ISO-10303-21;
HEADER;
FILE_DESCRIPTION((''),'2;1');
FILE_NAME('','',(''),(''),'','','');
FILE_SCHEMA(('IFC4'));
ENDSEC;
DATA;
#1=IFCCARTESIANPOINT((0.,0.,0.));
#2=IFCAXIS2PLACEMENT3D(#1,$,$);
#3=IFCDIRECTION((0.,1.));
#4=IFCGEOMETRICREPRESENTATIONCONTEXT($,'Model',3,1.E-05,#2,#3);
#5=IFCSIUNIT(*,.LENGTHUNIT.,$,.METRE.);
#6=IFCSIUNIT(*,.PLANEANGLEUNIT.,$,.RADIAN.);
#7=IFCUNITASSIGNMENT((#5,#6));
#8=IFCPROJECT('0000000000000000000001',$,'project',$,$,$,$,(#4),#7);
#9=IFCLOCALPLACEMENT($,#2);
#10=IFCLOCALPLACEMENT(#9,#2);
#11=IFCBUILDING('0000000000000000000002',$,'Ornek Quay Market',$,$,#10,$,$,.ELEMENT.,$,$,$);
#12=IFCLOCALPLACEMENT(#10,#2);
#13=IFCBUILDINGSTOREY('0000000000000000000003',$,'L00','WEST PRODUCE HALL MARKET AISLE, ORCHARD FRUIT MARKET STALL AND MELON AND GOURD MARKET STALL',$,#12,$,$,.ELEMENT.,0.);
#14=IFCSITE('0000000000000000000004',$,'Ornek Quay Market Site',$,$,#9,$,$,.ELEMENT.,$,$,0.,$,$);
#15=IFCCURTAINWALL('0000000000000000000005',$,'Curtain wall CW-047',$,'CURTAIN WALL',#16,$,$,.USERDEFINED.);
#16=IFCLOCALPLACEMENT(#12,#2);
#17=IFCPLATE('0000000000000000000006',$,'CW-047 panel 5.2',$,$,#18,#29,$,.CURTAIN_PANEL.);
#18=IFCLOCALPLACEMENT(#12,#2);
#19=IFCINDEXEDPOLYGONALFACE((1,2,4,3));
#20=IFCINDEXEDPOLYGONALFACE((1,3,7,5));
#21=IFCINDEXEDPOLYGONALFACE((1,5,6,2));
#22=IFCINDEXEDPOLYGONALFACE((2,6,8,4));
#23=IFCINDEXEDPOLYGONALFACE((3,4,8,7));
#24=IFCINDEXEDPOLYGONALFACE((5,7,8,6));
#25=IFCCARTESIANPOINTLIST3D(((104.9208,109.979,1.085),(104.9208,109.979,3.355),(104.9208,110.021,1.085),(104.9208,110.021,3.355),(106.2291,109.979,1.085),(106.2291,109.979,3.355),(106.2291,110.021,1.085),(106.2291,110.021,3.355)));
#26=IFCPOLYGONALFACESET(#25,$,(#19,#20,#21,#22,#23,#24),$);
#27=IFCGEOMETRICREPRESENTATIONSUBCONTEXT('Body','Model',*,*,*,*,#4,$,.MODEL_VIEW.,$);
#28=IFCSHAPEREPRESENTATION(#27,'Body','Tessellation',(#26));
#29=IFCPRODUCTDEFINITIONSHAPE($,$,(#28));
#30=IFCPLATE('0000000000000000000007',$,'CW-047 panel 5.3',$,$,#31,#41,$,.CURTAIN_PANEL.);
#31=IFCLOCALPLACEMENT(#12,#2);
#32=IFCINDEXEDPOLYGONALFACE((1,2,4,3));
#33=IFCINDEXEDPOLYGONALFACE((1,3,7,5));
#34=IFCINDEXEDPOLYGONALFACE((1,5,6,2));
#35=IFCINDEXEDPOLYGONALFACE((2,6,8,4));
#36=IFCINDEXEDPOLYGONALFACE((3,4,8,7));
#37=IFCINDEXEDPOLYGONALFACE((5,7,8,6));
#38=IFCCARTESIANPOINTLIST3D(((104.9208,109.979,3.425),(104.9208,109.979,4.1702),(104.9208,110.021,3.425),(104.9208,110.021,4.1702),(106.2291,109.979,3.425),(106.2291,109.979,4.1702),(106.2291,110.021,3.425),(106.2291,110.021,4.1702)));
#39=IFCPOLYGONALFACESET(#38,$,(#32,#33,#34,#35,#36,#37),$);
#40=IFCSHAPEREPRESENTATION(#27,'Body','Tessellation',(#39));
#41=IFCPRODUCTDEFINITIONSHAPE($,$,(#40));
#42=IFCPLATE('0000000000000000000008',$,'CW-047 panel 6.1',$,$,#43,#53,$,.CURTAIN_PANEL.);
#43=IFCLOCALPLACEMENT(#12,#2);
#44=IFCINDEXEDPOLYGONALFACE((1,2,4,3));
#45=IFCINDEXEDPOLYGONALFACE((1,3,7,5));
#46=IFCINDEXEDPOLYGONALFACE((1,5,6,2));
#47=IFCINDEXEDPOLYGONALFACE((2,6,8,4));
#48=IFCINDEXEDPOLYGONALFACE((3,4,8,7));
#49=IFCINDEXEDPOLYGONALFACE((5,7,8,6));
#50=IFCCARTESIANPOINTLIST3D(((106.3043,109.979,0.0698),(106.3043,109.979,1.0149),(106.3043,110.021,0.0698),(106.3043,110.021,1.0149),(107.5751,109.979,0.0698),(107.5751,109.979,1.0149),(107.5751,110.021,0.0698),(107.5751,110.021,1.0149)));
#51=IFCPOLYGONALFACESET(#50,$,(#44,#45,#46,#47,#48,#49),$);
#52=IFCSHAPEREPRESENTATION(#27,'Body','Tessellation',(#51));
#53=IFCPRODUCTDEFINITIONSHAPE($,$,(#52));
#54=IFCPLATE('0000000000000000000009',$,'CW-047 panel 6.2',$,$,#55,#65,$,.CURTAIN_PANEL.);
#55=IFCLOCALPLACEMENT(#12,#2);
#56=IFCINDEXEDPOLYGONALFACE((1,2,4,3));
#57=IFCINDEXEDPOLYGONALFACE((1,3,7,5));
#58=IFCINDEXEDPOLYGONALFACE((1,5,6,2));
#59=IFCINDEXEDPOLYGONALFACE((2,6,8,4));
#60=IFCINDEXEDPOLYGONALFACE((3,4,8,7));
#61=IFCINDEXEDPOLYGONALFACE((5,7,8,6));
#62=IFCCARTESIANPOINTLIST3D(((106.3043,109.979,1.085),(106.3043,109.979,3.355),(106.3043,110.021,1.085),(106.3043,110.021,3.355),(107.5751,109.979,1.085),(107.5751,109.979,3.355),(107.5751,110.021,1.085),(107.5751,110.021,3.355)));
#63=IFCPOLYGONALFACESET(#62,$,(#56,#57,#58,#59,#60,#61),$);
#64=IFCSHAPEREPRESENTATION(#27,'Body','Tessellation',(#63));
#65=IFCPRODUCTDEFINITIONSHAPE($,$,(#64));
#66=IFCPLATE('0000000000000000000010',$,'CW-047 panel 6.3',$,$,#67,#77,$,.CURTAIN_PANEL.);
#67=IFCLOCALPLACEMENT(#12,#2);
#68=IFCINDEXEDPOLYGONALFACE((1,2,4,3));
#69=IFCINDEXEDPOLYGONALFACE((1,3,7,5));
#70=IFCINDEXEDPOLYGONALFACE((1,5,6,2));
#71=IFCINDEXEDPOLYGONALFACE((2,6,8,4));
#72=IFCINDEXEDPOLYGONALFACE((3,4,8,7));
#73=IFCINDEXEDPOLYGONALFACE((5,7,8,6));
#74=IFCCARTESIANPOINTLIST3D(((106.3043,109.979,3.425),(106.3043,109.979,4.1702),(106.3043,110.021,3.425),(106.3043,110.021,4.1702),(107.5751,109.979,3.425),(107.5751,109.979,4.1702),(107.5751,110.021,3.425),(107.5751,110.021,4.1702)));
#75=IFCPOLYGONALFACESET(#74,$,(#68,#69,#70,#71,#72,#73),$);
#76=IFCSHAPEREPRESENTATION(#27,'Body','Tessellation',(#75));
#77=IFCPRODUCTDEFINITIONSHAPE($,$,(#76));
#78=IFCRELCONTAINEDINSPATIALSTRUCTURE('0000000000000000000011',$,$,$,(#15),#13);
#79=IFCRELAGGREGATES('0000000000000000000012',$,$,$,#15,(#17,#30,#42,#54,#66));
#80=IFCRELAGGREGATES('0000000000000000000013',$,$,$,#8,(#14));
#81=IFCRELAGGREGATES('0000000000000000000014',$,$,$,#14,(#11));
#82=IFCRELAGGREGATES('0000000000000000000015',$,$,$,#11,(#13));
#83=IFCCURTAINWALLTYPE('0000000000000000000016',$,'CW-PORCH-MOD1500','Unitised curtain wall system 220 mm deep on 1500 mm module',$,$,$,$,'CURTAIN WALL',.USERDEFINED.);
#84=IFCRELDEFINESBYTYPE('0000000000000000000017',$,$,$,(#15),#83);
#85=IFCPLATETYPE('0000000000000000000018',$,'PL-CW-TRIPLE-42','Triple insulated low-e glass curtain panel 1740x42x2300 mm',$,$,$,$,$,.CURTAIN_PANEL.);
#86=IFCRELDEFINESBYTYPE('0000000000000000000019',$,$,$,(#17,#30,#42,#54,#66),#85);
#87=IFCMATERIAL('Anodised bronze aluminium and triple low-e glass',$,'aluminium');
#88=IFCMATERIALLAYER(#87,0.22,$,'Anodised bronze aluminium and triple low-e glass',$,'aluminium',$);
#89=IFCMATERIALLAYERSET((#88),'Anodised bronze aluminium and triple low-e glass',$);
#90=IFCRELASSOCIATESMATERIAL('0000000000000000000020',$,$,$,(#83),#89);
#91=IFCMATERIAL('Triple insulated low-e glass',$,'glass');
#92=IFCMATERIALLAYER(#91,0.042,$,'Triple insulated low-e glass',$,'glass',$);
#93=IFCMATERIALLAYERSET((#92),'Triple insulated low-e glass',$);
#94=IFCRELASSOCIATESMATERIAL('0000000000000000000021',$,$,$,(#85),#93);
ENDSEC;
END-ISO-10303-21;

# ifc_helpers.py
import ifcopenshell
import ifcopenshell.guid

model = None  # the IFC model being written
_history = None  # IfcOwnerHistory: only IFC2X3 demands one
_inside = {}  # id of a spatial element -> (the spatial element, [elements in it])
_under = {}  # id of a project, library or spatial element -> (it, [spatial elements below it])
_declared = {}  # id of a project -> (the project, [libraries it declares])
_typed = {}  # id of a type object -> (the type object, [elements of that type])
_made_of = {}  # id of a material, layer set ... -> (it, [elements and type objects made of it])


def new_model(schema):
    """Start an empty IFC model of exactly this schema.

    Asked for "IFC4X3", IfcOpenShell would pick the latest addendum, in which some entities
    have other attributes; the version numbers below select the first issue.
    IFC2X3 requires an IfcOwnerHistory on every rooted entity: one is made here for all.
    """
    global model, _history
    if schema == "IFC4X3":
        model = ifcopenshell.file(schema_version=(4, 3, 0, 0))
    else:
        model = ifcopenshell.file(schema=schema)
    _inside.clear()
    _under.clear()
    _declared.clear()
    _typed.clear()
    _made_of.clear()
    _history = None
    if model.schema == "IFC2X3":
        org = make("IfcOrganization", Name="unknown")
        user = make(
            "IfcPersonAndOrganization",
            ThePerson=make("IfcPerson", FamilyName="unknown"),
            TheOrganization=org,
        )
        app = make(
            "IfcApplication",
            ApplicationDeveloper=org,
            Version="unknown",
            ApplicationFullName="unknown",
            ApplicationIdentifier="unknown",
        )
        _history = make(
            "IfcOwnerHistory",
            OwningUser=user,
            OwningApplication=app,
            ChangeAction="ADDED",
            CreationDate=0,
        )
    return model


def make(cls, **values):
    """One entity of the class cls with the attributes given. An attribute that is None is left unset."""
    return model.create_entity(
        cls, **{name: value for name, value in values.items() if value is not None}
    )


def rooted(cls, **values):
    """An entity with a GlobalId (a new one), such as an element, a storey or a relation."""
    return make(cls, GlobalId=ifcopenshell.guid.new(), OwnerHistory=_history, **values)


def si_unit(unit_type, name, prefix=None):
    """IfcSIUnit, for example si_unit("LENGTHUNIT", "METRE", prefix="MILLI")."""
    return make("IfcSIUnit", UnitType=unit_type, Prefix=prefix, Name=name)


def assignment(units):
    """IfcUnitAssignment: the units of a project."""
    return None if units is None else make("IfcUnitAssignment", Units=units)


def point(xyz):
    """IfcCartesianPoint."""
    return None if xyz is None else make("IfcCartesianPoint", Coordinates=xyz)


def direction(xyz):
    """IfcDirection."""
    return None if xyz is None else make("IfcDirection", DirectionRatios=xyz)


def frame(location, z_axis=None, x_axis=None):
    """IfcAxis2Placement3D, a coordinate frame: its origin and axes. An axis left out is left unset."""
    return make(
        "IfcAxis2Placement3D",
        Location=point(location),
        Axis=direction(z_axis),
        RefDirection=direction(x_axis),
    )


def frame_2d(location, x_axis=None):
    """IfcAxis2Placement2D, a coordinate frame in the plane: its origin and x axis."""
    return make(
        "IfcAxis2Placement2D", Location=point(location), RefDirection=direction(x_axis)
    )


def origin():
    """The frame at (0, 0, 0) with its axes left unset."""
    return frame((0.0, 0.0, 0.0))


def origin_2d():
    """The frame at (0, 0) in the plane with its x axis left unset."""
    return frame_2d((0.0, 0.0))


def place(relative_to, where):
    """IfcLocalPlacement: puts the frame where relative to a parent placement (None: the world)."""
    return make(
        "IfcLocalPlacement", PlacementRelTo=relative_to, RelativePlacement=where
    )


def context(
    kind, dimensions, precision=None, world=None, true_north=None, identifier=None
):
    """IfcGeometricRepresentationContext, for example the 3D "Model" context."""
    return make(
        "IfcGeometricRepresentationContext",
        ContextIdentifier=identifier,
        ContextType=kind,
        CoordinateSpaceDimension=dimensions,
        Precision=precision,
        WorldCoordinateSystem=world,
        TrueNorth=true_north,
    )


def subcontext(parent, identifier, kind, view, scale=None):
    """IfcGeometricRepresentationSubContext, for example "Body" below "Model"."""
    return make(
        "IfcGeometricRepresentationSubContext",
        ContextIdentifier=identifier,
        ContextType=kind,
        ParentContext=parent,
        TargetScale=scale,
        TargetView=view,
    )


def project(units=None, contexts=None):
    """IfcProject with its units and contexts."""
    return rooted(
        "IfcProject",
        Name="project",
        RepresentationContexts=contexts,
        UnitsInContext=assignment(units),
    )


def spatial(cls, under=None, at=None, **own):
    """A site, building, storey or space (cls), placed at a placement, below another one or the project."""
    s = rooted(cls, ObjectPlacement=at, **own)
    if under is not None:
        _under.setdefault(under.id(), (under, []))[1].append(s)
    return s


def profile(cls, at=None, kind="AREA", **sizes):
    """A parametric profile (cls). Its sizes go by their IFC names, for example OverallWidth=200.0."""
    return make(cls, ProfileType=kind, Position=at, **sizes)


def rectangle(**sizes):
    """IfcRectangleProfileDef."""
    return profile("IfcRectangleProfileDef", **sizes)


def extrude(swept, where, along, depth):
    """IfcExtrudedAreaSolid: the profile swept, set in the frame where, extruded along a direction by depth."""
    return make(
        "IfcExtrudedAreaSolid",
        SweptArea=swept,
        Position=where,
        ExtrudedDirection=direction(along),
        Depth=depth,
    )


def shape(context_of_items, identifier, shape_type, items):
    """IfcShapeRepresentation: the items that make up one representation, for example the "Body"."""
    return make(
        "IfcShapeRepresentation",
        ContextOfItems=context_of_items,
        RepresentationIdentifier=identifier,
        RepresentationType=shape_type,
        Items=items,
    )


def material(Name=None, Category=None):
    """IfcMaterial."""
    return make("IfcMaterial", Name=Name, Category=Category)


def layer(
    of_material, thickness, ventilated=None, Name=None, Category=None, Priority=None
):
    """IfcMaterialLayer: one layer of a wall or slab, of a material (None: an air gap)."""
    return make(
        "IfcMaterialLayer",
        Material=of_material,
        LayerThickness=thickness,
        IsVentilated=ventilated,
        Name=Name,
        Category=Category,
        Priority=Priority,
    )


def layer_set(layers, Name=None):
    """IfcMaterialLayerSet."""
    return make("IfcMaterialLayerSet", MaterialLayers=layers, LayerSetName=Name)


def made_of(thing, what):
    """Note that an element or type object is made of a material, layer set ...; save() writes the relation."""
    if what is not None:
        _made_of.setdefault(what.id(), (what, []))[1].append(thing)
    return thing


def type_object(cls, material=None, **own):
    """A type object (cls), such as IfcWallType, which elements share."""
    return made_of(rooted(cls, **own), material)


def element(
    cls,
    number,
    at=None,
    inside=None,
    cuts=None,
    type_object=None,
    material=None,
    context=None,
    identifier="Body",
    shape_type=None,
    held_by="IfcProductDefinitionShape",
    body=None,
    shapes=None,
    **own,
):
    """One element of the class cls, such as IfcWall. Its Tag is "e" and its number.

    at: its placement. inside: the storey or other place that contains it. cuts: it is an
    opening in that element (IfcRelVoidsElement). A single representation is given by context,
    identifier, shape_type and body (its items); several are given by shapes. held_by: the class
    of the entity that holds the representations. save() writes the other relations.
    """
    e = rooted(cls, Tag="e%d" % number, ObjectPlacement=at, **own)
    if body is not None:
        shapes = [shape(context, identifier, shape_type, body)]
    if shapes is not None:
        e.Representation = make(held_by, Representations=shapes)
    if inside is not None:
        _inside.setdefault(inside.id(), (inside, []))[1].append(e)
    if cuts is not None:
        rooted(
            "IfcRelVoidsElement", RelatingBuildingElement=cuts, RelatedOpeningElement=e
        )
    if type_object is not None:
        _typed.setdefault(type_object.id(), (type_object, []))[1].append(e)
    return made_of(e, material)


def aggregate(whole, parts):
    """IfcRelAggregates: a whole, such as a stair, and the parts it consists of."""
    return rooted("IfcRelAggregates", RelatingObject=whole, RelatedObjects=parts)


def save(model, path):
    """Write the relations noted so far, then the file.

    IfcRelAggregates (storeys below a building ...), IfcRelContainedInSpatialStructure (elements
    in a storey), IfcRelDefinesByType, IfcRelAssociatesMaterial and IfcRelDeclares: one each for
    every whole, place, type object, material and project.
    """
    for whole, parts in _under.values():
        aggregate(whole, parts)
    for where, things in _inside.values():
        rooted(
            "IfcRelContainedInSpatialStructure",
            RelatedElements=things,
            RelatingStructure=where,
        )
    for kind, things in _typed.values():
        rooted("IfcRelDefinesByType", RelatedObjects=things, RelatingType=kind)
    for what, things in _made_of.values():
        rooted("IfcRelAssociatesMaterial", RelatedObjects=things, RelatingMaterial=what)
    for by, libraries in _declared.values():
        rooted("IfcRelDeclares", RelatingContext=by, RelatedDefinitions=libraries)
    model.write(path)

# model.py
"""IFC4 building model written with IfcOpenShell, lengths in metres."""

from ifc_helpers import new_model, si_unit, direction, frame, origin, origin_2d, place, context, subcontext, project, spatial, rectangle, extrude, material, layer, layer_set, type_object, element, aggregate, save


model = new_model("IFC4")

# Units and contexts
model_context = context("Model", 3, precision=1e-05, world=origin(), true_north=direction((0.0, 1.0)))
body_context = subcontext(model_context, "Body", "Model", "MODEL_VIEW")
ifc_project = project(units=[si_unit("LENGTHUNIT", "METRE"), si_unit("PLANEANGLEUNIT", "RADIAN")], contexts=[model_context])

# Site, building, storey
site_placement = place(None, origin())
site = spatial("IfcSite", under=ifc_project, at=site_placement, Name="Ornek Quay Market Site", CompositionType="ELEMENT", RefElevation=0.0)
building_placement = place(site_placement, origin())
building = spatial("IfcBuilding", under=site, at=building_placement, Name="Ornek Quay Market", CompositionType="ELEMENT")
storey_placement = place(building_placement, origin())
storey = spatial("IfcBuildingStorey", under=building, at=storey_placement, Name="L00", Description="WEST PRODUCE HALL MARKET AISLE, ORCHARD FRUIT MARKET STALL AND MELON AND GOURD MARKET STALL", CompositionType="ELEMENT", Elevation=0.0)

# Curtain wall, plates
ifc_material_1 = material(Name="Anodised bronze aluminium and triple low-e glass", Category="aluminium")
ifc_layer_1 = layer(ifc_material_1, 0.22, Name="Anodised bronze aluminium and triple low-e glass", Category="aluminium")
ifc_layer_set_1 = layer_set([ifc_layer_1], Name="Anodised bronze aluminium and triple low-e glass")
curtain_wall_type = type_object("IfcCurtainWallType", Name="CW-PORCH-MOD1500", Description="Unitised curtain wall system 220 mm deep on 1500 mm module", ElementType="CURTAIN WALL", PredefinedType="USERDEFINED", material=ifc_layer_set_1)
curtain_wall_placement = place(storey_placement, origin())
curtain_wall = element("IfcCurtainWall", 1, at=curtain_wall_placement, inside=storey, type_object=curtain_wall_type, Name="Curtain wall CW-047", ObjectType="CURTAIN WALL", PredefinedType="USERDEFINED")
ifc_material_2 = material(Name="Triple insulated low-e glass", Category="glass")
ifc_layer_2 = layer(ifc_material_2, 0.042, Name="Triple insulated low-e glass", Category="glass")
ifc_layer_set_2 = layer_set([ifc_layer_2], Name="Triple insulated low-e glass")
plate_type = type_object("IfcPlateType", Name="PL-CW-TRIPLE-42", Description="Triple insulated low-e glass curtain panel 1740x42x2300 mm", PredefinedType="CURTAIN_PANEL", material=ifc_layer_set_2)
plate_1_placement = place(storey_placement, frame((105.575, 110.0, 1.085), z_axis=(0.0, 0.0, 1.0), x_axis=(1.0, 0.0, 0.0)))
plate_1 = element("IfcPlate", 2, at=plate_1_placement, type_object=plate_type, Name="CW-047 panel 5.2", PredefinedType="CURTAIN_PANEL", context=body_context, shape_type="SweptSolid", body=[
    extrude(rectangle(XDim=1.3083, YDim=0.042, at=origin_2d()), origin(), (0.0, 0.0, 1.0), 2.27),
])
plate_2_placement = place(storey_placement, frame((105.575, 110.0, 3.425), z_axis=(0.0, 0.0, 1.0), x_axis=(1.0, 0.0, 0.0)))
plate_2 = element("IfcPlate", 3, at=plate_2_placement, type_object=plate_type, Name="CW-047 panel 5.3", PredefinedType="CURTAIN_PANEL", context=body_context, shape_type="SweptSolid", body=[
    extrude(rectangle(XDim=1.3083, YDim=0.042, at=origin_2d()), origin(), (0.0, 0.0, 1.0), 0.7451),
])
plate_3_placement = place(storey_placement, frame((106.9397, 110.0, 0.0698), z_axis=(0.0, 0.0, 1.0), x_axis=(1.0, 0.0, 0.0)))
plate_3 = element("IfcPlate", 4, at=plate_3_placement, type_object=plate_type, Name="CW-047 panel 6.1", PredefinedType="CURTAIN_PANEL", context=body_context, shape_type="SweptSolid", body=[
    extrude(rectangle(XDim=1.2708, YDim=0.042, at=origin_2d()), origin(), (0.0, 0.0, 1.0), 0.9451),
])
plate_4_placement = place(storey_placement, frame((106.9397, 110.0, 1.085), z_axis=(0.0, 0.0, 1.0), x_axis=(1.0, 0.0, 0.0)))
plate_4 = element("IfcPlate", 5, at=plate_4_placement, type_object=plate_type, Name="CW-047 panel 6.2", PredefinedType="CURTAIN_PANEL", context=body_context, shape_type="SweptSolid", body=[
    extrude(rectangle(XDim=1.2708, YDim=0.042, at=origin_2d()), origin(), (0.0, 0.0, 1.0), 2.27),
])
plate_5_placement = place(storey_placement, frame((106.9397, 110.0, 3.425), z_axis=(0.0, 0.0, 1.0), x_axis=(1.0, 0.0, 0.0)))
plate_5 = element("IfcPlate", 6, at=plate_5_placement, type_object=plate_type, Name="CW-047 panel 6.3", PredefinedType="CURTAIN_PANEL", context=body_context, shape_type="SweptSolid", body=[
    extrude(rectangle(XDim=1.2708, YDim=0.042, at=origin_2d()), origin(), (0.0, 0.0, 1.0), 0.7451),
])
aggregate(curtain_wall, [plate_1, plate_2, plate_3, plate_4, plate_5])

save(model, "model.ifc")
